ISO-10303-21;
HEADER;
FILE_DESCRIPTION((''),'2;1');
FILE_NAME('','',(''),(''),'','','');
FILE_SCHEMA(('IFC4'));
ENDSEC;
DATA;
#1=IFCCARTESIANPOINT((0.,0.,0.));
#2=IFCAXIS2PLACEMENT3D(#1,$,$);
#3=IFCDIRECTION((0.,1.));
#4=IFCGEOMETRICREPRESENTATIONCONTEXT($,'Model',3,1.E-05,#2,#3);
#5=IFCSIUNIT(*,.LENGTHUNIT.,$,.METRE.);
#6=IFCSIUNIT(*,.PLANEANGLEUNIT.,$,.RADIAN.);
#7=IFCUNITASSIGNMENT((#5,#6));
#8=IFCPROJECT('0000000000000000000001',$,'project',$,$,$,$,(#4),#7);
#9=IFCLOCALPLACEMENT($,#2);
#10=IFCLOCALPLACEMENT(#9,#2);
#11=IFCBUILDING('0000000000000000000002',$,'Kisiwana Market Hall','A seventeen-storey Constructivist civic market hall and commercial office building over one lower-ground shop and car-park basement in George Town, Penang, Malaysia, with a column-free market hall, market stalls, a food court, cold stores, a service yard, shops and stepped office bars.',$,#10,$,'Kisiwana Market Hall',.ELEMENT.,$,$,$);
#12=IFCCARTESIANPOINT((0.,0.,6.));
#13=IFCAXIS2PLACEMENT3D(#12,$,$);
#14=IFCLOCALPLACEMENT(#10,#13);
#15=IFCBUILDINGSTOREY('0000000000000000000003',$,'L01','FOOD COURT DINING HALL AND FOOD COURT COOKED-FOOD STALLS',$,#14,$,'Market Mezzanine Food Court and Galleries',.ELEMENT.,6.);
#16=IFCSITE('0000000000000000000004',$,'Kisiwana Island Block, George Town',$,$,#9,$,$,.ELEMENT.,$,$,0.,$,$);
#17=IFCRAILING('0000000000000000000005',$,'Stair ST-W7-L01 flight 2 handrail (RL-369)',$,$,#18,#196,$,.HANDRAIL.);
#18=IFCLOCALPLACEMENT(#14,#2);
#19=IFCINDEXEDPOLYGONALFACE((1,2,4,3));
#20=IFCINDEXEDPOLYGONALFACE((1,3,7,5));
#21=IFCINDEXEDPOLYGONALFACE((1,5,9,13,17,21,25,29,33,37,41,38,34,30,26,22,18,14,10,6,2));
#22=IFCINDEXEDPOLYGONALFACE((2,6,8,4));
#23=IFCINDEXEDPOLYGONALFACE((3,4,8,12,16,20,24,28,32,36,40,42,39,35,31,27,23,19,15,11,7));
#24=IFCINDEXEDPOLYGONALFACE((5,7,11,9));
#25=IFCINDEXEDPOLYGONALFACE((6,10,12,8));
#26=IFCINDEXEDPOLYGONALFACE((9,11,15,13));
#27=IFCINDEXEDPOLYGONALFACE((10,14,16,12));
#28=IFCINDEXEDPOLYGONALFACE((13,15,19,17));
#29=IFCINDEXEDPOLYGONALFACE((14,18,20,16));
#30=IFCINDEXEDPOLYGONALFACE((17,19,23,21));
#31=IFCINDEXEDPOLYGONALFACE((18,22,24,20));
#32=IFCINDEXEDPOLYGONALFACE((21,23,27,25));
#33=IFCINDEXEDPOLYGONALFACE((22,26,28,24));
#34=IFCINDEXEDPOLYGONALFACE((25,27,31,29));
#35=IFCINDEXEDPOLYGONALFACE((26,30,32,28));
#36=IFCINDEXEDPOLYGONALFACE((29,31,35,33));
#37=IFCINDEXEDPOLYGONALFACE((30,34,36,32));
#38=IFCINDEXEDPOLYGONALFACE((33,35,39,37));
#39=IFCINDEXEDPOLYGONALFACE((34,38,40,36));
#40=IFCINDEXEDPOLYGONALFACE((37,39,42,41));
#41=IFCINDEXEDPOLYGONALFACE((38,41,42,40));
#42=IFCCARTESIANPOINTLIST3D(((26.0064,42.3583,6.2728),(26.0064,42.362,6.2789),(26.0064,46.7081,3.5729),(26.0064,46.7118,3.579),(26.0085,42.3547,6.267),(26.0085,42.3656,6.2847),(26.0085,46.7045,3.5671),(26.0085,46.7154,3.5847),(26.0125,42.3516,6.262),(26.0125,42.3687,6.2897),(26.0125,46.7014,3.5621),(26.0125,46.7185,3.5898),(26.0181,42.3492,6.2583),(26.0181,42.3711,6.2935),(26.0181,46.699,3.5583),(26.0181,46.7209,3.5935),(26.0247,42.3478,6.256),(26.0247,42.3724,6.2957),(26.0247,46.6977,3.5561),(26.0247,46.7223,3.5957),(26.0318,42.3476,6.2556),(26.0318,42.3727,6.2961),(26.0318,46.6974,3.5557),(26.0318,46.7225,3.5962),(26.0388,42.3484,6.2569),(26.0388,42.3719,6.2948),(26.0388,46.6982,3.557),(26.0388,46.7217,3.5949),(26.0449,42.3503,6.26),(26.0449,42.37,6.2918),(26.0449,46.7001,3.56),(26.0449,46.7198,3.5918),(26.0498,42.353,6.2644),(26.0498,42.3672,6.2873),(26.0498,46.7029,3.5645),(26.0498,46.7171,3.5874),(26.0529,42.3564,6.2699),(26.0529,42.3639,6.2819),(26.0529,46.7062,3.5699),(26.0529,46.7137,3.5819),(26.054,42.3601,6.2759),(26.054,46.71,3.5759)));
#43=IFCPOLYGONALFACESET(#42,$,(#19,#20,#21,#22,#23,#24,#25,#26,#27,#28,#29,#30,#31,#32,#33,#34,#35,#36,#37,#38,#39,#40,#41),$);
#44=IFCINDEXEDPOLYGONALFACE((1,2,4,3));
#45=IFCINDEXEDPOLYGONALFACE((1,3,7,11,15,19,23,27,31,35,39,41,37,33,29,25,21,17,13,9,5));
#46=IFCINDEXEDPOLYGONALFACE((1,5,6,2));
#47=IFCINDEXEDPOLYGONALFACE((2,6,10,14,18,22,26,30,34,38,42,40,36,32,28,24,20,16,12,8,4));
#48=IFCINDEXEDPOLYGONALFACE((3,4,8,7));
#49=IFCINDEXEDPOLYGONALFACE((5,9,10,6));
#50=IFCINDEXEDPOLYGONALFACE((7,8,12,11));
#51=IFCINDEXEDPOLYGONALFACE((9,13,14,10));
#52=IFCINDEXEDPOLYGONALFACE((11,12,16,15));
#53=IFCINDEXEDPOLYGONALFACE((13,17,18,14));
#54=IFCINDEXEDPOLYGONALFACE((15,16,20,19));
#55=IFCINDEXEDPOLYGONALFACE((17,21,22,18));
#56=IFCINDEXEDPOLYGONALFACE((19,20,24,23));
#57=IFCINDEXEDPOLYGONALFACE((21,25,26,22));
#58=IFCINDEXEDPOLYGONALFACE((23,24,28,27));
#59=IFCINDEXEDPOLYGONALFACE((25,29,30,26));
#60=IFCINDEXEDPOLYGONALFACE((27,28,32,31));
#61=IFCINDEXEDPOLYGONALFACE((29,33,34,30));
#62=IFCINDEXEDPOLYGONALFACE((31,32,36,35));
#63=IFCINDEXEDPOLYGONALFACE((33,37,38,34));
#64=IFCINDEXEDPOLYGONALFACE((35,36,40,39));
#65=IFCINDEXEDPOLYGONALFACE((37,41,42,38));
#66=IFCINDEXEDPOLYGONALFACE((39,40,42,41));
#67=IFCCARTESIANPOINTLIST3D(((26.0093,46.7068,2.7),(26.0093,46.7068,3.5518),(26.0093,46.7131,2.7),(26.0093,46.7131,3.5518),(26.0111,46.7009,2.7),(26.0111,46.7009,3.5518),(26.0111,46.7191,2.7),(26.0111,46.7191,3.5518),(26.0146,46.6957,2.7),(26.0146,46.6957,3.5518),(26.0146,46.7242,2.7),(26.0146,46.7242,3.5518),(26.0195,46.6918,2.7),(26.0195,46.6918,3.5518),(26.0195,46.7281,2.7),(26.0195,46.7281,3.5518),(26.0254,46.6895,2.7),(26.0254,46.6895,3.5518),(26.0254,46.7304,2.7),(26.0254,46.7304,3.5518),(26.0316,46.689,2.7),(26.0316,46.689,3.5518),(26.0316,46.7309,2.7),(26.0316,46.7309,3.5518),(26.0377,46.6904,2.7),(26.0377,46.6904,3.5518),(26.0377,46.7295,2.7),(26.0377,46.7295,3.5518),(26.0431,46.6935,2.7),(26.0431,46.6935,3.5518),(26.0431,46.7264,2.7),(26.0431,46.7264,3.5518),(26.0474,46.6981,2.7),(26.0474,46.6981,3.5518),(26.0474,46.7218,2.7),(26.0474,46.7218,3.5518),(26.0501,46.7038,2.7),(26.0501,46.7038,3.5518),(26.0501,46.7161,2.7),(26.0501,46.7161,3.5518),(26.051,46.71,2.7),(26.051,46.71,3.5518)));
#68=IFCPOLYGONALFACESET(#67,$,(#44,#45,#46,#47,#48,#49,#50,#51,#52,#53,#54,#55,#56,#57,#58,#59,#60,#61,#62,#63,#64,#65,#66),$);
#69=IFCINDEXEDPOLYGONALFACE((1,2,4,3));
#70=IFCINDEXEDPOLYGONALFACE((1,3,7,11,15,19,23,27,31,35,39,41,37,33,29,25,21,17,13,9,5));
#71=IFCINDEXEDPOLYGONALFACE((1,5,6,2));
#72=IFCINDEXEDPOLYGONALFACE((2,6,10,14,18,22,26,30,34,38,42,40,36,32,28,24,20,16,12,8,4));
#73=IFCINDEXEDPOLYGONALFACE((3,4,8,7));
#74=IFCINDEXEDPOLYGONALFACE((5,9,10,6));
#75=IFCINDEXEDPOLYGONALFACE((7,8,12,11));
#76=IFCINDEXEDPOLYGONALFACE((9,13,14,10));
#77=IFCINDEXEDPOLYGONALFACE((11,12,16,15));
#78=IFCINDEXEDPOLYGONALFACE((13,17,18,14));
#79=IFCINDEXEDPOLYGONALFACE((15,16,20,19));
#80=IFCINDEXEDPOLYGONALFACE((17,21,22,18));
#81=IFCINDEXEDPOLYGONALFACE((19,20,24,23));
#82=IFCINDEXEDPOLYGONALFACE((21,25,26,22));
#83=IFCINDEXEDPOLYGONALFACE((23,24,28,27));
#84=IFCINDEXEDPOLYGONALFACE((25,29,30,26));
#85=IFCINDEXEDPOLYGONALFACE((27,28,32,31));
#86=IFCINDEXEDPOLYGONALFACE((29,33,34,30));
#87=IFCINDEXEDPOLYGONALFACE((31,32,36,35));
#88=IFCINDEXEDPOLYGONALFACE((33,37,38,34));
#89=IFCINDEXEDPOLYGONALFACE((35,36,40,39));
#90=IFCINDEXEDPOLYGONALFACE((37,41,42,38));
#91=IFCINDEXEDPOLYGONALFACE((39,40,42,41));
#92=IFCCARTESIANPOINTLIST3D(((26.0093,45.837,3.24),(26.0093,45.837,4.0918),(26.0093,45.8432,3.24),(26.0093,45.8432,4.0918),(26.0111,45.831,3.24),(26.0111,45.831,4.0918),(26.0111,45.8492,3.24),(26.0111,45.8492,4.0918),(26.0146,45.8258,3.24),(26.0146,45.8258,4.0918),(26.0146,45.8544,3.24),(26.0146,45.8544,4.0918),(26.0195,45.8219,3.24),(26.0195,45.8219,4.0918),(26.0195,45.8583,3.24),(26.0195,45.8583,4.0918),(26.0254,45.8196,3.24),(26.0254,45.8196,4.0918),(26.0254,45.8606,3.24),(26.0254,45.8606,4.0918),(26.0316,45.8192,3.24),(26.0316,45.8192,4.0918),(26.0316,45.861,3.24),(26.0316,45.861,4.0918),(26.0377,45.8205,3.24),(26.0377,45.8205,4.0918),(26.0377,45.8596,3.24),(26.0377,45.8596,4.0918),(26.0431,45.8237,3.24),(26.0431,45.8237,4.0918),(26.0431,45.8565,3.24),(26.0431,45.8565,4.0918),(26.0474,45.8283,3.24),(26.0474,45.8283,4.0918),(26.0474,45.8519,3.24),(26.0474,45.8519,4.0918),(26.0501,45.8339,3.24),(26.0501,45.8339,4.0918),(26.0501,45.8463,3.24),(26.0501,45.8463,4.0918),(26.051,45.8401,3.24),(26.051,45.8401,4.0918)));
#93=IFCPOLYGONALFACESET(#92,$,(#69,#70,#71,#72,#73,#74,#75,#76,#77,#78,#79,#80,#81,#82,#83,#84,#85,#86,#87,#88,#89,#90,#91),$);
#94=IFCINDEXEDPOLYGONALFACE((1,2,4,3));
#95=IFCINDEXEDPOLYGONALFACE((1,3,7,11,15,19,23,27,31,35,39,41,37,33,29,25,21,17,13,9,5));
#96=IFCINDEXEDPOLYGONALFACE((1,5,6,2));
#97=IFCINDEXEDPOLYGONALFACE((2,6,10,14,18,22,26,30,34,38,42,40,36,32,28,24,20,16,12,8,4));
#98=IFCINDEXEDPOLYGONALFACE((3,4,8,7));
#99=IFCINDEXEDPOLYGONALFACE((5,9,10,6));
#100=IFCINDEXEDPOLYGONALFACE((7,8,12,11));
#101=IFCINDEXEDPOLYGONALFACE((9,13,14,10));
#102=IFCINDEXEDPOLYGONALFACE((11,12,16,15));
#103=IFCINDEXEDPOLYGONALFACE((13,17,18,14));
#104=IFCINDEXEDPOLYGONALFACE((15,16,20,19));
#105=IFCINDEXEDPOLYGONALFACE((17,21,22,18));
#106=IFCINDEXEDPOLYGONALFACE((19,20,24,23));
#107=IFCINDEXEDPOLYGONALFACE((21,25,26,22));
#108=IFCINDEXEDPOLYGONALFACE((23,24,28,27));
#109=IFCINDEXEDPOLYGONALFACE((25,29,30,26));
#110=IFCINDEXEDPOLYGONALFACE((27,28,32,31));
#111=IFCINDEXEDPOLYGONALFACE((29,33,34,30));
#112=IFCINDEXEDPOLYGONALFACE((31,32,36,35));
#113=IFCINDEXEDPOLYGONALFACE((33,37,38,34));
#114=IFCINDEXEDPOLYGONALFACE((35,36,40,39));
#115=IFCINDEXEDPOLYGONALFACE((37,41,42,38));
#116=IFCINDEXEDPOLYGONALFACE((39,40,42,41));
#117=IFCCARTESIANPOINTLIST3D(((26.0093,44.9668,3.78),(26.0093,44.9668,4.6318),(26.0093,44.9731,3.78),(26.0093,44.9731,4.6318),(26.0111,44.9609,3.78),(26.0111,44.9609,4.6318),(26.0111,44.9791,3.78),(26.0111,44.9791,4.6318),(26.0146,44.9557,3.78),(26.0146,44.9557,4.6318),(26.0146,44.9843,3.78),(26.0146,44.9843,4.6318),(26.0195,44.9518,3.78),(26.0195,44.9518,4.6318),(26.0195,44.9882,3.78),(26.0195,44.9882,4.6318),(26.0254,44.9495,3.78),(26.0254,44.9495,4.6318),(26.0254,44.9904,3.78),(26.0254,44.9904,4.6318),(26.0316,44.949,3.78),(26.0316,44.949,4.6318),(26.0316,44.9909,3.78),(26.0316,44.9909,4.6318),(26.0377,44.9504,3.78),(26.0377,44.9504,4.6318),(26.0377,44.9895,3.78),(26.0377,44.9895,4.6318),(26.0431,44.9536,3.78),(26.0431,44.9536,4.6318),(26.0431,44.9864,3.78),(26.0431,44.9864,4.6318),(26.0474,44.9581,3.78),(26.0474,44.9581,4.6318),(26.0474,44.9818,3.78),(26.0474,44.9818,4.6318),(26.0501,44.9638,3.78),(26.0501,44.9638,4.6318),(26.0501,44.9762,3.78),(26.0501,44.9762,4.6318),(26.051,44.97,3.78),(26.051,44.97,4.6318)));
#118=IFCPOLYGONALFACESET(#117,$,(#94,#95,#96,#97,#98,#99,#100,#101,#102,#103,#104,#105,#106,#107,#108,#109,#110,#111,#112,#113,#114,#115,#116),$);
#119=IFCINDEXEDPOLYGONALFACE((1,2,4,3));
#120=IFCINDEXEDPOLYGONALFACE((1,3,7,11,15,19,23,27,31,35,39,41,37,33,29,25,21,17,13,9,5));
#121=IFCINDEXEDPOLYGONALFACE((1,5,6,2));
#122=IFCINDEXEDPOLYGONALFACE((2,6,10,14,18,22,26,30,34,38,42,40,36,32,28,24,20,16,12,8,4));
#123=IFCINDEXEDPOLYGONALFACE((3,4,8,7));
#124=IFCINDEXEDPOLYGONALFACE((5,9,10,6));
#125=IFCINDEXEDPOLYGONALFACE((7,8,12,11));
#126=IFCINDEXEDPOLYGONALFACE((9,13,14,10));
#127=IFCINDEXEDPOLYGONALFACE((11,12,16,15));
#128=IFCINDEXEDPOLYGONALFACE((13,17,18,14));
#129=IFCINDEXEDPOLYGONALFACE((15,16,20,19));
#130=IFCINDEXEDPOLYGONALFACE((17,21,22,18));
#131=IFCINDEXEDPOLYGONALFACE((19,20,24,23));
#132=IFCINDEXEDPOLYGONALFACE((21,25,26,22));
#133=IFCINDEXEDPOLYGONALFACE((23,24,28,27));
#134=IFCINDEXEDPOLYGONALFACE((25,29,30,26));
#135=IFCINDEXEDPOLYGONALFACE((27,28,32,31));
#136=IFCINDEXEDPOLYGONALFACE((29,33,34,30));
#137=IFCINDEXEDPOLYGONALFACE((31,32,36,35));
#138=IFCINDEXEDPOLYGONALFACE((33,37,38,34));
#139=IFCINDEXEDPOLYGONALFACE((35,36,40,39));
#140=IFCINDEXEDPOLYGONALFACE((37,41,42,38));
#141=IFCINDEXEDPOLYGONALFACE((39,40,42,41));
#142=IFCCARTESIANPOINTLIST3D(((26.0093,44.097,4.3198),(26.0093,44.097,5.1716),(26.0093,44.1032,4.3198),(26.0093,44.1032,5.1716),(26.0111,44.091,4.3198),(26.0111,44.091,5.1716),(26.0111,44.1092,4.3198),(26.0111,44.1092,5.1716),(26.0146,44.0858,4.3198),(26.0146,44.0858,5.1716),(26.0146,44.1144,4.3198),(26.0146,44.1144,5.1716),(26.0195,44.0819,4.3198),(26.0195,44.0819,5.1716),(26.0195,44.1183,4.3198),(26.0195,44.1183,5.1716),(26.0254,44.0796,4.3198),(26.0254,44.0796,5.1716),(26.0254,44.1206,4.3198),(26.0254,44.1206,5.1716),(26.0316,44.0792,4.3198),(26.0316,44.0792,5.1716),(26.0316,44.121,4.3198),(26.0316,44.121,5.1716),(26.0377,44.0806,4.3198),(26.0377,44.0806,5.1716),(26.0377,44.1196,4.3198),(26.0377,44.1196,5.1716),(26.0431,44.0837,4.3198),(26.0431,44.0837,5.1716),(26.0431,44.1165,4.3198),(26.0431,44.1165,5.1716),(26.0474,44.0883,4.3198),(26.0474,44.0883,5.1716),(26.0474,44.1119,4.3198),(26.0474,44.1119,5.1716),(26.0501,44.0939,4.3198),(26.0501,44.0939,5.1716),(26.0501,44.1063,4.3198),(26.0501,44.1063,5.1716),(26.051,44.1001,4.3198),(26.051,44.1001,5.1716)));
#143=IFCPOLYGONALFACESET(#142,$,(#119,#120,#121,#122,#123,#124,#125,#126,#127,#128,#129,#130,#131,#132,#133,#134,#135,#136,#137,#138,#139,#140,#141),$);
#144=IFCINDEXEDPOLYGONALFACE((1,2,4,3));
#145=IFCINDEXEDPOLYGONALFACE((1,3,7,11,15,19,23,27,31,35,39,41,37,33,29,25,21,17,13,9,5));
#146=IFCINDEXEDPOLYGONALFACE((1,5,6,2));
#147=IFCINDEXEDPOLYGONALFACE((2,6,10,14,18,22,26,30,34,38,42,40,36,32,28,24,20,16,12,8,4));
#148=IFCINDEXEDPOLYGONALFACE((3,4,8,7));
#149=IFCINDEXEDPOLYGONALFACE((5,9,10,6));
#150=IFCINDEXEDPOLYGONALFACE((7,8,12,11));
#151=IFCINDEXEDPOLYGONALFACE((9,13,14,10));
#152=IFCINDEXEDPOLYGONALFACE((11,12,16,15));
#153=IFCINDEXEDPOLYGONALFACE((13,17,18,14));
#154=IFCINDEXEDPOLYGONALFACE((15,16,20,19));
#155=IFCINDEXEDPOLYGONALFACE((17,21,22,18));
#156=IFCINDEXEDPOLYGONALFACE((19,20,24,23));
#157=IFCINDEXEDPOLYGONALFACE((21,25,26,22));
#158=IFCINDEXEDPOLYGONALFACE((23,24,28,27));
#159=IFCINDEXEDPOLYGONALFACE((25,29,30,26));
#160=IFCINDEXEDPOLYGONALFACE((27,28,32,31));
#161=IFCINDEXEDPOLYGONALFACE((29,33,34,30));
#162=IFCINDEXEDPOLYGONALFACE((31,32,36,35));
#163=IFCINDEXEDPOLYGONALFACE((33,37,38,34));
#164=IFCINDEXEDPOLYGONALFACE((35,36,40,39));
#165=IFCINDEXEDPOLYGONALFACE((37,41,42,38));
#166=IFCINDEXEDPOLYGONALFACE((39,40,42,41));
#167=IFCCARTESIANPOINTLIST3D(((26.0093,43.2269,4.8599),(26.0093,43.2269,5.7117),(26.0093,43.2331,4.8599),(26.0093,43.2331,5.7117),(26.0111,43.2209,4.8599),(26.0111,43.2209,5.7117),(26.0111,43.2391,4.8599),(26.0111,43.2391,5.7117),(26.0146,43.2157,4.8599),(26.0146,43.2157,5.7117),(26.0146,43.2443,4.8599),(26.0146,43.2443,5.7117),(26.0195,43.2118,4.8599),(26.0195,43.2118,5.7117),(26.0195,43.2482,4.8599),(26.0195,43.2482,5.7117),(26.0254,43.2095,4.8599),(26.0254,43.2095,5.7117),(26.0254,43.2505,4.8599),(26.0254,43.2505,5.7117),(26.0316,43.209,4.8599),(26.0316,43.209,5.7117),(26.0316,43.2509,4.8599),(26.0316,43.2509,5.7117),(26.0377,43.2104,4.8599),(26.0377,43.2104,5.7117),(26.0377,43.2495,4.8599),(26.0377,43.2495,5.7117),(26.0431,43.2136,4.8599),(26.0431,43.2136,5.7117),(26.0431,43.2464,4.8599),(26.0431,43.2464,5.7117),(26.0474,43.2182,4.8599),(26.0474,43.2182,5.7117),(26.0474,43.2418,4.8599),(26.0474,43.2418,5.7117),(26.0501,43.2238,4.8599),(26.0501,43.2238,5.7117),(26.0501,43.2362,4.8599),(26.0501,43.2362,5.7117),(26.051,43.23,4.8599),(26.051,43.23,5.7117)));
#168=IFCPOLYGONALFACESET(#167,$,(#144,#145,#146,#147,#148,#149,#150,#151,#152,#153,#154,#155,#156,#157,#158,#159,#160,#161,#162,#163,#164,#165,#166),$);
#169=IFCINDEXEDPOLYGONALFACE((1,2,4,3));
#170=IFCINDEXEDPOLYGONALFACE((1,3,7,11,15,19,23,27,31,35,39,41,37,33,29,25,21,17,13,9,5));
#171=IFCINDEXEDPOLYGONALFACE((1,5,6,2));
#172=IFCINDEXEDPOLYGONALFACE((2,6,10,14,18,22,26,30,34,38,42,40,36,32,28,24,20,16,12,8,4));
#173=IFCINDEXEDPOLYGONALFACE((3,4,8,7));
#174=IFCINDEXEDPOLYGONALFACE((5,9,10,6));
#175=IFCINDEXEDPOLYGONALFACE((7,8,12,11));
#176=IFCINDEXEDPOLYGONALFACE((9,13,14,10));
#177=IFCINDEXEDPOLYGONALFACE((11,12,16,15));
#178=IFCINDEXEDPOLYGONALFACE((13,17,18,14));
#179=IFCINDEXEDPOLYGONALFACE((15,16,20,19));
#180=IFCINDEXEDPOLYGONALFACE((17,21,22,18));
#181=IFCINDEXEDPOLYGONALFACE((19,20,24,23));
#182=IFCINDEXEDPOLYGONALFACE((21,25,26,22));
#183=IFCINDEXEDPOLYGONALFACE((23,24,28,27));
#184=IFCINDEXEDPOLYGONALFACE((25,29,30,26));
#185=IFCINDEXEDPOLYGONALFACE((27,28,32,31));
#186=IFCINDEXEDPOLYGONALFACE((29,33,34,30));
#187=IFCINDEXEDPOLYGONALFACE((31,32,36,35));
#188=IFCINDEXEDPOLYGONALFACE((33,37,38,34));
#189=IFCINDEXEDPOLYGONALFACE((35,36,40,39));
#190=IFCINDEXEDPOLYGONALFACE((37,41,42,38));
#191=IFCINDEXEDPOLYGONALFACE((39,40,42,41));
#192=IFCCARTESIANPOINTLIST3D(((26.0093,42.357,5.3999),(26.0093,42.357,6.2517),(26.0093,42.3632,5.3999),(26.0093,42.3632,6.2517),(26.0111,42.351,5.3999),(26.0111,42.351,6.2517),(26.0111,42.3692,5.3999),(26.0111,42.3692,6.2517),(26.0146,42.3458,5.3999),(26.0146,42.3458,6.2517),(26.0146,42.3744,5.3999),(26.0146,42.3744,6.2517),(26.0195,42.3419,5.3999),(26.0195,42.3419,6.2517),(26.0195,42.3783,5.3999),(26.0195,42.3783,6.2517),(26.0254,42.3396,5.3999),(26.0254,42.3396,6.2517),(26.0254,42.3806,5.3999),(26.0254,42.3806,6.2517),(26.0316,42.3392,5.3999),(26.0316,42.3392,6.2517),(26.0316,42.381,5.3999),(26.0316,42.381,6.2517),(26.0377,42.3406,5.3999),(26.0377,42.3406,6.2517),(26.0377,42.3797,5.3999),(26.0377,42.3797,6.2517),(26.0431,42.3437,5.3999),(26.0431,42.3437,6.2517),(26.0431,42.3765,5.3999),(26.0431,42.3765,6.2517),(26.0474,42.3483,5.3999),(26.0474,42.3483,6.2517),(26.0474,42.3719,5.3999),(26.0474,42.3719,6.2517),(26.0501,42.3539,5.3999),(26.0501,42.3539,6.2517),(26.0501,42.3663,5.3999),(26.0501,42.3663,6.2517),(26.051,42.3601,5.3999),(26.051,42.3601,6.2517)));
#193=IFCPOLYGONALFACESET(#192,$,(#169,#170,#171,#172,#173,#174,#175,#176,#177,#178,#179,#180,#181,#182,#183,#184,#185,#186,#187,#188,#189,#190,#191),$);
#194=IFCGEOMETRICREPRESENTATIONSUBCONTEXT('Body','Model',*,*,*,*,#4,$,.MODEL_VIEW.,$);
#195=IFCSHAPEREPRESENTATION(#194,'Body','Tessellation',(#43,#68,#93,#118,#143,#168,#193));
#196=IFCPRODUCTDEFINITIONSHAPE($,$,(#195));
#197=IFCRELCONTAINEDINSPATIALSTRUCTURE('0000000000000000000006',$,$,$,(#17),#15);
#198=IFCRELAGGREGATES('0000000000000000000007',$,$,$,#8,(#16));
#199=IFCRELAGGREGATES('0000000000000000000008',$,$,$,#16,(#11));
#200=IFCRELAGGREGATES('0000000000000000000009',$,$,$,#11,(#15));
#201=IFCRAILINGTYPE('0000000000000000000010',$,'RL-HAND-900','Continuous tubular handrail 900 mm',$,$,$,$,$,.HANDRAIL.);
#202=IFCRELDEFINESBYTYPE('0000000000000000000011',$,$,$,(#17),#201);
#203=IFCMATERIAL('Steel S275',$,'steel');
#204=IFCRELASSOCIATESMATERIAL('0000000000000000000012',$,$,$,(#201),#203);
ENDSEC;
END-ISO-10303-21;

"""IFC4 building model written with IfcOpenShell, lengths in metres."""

from ifc_helpers import new_model, si_unit, direction, frame, origin, origin_2d, place, context, subcontext, project, spatial, circle, extrude, material, type_object, element, save


model = new_model("IFC4")

# Units and contexts
model_context = context("Model", 3, precision=1e-05, world=origin(), true_north=direction((0.0, 1.0)))
body_context = subcontext(model_context, "Body", "Model", "MODEL_VIEW")
ifc_project = project(units=[si_unit("LENGTHUNIT", "METRE"), si_unit("PLANEANGLEUNIT", "RADIAN")], contexts=[model_context])

# Site, building, storey
site_placement = place(None, origin())
site = spatial("IfcSite", under=ifc_project, at=site_placement, Name="Kisiwana Island Block, George Town", CompositionType="ELEMENT", RefElevation=0.0)
building_placement = place(site_placement, origin())
building = spatial("IfcBuilding", under=site, at=building_placement, Name="Kisiwana Market Hall", Description="A seventeen-storey Constructivist civic market hall and commercial office building over one lower-ground shop and car-park basement in George Town, Penang, Malaysia, with a column-free market hall, market stalls, a food court, cold stores, a service yard, shops and stepped office bars.", LongName="Kisiwana Market Hall", CompositionType="ELEMENT")
storey_placement = place(building_placement, frame((0.0, 0.0, 6.0)))
storey = spatial("IfcBuildingStorey", under=building, at=storey_placement, Name="L01", Description="FOOD COURT DINING HALL AND FOOD COURT COOKED-FOOD STALLS", LongName="Market Mezzanine Food Court and Galleries", CompositionType="ELEMENT", Elevation=6.0)

# Railing
ifc_material_1 = material(Name="Steel S275", Category="steel")
railing_type_1 = type_object("IfcRailingType", Name="RL-HAND-900", Description="Continuous tubular handrail 900 mm", PredefinedType="HANDRAIL", material=ifc_material_1)
for number, where, name in (
    (1, (26.03, 46.71, 2.7), "Stair ST-W7-L01 flight 2 handrail (RL-369)"),
):
    element("IfcRailing", number, at=place(storey_placement, frame(where)), inside=storey, type_object=railing_type_1, Name=name, PredefinedType="HANDRAIL", context=body_context, shape_type="SweptSolid", body=[
        extrude(circle(Radius=0.0239, at=origin_2d()), frame((0.0, 0.0, 0.876), z_axis=(0.0, -0.849636, 0.527369), x_axis=(1.0, 0.0, 0.0)), (0.0, 0.0, 1.0), 5.1196),
        extrude(circle(Radius=0.021, at=origin_2d()), origin(), (0.0, 0.0, 1.0), 0.8518),
        extrude(circle(Radius=0.021, at=origin_2d()), frame((0.0, -0.8699, 0.54)), (0.0, 0.0, 1.0), 0.8518),
        extrude(circle(Radius=0.021, at=origin_2d()), frame((0.0, -1.74, 1.0801)), (0.0, 0.0, 1.0), 0.8518),
        extrude(circle(Radius=0.021, at=origin_2d()), frame((0.0, -2.6099, 1.6199)), (0.0, 0.0, 1.0), 0.8518),
        extrude(circle(Radius=0.021, at=origin_2d()), frame((0.0, -3.48, 2.1599)), (0.0, 0.0, 1.0), 0.8518),
        extrude(circle(Radius=0.021, at=origin_2d()), frame((0.0, -4.3499, 2.7)), (0.0, 0.0, 1.0), 0.8518),
    ])

save(model, "model.ifc")
